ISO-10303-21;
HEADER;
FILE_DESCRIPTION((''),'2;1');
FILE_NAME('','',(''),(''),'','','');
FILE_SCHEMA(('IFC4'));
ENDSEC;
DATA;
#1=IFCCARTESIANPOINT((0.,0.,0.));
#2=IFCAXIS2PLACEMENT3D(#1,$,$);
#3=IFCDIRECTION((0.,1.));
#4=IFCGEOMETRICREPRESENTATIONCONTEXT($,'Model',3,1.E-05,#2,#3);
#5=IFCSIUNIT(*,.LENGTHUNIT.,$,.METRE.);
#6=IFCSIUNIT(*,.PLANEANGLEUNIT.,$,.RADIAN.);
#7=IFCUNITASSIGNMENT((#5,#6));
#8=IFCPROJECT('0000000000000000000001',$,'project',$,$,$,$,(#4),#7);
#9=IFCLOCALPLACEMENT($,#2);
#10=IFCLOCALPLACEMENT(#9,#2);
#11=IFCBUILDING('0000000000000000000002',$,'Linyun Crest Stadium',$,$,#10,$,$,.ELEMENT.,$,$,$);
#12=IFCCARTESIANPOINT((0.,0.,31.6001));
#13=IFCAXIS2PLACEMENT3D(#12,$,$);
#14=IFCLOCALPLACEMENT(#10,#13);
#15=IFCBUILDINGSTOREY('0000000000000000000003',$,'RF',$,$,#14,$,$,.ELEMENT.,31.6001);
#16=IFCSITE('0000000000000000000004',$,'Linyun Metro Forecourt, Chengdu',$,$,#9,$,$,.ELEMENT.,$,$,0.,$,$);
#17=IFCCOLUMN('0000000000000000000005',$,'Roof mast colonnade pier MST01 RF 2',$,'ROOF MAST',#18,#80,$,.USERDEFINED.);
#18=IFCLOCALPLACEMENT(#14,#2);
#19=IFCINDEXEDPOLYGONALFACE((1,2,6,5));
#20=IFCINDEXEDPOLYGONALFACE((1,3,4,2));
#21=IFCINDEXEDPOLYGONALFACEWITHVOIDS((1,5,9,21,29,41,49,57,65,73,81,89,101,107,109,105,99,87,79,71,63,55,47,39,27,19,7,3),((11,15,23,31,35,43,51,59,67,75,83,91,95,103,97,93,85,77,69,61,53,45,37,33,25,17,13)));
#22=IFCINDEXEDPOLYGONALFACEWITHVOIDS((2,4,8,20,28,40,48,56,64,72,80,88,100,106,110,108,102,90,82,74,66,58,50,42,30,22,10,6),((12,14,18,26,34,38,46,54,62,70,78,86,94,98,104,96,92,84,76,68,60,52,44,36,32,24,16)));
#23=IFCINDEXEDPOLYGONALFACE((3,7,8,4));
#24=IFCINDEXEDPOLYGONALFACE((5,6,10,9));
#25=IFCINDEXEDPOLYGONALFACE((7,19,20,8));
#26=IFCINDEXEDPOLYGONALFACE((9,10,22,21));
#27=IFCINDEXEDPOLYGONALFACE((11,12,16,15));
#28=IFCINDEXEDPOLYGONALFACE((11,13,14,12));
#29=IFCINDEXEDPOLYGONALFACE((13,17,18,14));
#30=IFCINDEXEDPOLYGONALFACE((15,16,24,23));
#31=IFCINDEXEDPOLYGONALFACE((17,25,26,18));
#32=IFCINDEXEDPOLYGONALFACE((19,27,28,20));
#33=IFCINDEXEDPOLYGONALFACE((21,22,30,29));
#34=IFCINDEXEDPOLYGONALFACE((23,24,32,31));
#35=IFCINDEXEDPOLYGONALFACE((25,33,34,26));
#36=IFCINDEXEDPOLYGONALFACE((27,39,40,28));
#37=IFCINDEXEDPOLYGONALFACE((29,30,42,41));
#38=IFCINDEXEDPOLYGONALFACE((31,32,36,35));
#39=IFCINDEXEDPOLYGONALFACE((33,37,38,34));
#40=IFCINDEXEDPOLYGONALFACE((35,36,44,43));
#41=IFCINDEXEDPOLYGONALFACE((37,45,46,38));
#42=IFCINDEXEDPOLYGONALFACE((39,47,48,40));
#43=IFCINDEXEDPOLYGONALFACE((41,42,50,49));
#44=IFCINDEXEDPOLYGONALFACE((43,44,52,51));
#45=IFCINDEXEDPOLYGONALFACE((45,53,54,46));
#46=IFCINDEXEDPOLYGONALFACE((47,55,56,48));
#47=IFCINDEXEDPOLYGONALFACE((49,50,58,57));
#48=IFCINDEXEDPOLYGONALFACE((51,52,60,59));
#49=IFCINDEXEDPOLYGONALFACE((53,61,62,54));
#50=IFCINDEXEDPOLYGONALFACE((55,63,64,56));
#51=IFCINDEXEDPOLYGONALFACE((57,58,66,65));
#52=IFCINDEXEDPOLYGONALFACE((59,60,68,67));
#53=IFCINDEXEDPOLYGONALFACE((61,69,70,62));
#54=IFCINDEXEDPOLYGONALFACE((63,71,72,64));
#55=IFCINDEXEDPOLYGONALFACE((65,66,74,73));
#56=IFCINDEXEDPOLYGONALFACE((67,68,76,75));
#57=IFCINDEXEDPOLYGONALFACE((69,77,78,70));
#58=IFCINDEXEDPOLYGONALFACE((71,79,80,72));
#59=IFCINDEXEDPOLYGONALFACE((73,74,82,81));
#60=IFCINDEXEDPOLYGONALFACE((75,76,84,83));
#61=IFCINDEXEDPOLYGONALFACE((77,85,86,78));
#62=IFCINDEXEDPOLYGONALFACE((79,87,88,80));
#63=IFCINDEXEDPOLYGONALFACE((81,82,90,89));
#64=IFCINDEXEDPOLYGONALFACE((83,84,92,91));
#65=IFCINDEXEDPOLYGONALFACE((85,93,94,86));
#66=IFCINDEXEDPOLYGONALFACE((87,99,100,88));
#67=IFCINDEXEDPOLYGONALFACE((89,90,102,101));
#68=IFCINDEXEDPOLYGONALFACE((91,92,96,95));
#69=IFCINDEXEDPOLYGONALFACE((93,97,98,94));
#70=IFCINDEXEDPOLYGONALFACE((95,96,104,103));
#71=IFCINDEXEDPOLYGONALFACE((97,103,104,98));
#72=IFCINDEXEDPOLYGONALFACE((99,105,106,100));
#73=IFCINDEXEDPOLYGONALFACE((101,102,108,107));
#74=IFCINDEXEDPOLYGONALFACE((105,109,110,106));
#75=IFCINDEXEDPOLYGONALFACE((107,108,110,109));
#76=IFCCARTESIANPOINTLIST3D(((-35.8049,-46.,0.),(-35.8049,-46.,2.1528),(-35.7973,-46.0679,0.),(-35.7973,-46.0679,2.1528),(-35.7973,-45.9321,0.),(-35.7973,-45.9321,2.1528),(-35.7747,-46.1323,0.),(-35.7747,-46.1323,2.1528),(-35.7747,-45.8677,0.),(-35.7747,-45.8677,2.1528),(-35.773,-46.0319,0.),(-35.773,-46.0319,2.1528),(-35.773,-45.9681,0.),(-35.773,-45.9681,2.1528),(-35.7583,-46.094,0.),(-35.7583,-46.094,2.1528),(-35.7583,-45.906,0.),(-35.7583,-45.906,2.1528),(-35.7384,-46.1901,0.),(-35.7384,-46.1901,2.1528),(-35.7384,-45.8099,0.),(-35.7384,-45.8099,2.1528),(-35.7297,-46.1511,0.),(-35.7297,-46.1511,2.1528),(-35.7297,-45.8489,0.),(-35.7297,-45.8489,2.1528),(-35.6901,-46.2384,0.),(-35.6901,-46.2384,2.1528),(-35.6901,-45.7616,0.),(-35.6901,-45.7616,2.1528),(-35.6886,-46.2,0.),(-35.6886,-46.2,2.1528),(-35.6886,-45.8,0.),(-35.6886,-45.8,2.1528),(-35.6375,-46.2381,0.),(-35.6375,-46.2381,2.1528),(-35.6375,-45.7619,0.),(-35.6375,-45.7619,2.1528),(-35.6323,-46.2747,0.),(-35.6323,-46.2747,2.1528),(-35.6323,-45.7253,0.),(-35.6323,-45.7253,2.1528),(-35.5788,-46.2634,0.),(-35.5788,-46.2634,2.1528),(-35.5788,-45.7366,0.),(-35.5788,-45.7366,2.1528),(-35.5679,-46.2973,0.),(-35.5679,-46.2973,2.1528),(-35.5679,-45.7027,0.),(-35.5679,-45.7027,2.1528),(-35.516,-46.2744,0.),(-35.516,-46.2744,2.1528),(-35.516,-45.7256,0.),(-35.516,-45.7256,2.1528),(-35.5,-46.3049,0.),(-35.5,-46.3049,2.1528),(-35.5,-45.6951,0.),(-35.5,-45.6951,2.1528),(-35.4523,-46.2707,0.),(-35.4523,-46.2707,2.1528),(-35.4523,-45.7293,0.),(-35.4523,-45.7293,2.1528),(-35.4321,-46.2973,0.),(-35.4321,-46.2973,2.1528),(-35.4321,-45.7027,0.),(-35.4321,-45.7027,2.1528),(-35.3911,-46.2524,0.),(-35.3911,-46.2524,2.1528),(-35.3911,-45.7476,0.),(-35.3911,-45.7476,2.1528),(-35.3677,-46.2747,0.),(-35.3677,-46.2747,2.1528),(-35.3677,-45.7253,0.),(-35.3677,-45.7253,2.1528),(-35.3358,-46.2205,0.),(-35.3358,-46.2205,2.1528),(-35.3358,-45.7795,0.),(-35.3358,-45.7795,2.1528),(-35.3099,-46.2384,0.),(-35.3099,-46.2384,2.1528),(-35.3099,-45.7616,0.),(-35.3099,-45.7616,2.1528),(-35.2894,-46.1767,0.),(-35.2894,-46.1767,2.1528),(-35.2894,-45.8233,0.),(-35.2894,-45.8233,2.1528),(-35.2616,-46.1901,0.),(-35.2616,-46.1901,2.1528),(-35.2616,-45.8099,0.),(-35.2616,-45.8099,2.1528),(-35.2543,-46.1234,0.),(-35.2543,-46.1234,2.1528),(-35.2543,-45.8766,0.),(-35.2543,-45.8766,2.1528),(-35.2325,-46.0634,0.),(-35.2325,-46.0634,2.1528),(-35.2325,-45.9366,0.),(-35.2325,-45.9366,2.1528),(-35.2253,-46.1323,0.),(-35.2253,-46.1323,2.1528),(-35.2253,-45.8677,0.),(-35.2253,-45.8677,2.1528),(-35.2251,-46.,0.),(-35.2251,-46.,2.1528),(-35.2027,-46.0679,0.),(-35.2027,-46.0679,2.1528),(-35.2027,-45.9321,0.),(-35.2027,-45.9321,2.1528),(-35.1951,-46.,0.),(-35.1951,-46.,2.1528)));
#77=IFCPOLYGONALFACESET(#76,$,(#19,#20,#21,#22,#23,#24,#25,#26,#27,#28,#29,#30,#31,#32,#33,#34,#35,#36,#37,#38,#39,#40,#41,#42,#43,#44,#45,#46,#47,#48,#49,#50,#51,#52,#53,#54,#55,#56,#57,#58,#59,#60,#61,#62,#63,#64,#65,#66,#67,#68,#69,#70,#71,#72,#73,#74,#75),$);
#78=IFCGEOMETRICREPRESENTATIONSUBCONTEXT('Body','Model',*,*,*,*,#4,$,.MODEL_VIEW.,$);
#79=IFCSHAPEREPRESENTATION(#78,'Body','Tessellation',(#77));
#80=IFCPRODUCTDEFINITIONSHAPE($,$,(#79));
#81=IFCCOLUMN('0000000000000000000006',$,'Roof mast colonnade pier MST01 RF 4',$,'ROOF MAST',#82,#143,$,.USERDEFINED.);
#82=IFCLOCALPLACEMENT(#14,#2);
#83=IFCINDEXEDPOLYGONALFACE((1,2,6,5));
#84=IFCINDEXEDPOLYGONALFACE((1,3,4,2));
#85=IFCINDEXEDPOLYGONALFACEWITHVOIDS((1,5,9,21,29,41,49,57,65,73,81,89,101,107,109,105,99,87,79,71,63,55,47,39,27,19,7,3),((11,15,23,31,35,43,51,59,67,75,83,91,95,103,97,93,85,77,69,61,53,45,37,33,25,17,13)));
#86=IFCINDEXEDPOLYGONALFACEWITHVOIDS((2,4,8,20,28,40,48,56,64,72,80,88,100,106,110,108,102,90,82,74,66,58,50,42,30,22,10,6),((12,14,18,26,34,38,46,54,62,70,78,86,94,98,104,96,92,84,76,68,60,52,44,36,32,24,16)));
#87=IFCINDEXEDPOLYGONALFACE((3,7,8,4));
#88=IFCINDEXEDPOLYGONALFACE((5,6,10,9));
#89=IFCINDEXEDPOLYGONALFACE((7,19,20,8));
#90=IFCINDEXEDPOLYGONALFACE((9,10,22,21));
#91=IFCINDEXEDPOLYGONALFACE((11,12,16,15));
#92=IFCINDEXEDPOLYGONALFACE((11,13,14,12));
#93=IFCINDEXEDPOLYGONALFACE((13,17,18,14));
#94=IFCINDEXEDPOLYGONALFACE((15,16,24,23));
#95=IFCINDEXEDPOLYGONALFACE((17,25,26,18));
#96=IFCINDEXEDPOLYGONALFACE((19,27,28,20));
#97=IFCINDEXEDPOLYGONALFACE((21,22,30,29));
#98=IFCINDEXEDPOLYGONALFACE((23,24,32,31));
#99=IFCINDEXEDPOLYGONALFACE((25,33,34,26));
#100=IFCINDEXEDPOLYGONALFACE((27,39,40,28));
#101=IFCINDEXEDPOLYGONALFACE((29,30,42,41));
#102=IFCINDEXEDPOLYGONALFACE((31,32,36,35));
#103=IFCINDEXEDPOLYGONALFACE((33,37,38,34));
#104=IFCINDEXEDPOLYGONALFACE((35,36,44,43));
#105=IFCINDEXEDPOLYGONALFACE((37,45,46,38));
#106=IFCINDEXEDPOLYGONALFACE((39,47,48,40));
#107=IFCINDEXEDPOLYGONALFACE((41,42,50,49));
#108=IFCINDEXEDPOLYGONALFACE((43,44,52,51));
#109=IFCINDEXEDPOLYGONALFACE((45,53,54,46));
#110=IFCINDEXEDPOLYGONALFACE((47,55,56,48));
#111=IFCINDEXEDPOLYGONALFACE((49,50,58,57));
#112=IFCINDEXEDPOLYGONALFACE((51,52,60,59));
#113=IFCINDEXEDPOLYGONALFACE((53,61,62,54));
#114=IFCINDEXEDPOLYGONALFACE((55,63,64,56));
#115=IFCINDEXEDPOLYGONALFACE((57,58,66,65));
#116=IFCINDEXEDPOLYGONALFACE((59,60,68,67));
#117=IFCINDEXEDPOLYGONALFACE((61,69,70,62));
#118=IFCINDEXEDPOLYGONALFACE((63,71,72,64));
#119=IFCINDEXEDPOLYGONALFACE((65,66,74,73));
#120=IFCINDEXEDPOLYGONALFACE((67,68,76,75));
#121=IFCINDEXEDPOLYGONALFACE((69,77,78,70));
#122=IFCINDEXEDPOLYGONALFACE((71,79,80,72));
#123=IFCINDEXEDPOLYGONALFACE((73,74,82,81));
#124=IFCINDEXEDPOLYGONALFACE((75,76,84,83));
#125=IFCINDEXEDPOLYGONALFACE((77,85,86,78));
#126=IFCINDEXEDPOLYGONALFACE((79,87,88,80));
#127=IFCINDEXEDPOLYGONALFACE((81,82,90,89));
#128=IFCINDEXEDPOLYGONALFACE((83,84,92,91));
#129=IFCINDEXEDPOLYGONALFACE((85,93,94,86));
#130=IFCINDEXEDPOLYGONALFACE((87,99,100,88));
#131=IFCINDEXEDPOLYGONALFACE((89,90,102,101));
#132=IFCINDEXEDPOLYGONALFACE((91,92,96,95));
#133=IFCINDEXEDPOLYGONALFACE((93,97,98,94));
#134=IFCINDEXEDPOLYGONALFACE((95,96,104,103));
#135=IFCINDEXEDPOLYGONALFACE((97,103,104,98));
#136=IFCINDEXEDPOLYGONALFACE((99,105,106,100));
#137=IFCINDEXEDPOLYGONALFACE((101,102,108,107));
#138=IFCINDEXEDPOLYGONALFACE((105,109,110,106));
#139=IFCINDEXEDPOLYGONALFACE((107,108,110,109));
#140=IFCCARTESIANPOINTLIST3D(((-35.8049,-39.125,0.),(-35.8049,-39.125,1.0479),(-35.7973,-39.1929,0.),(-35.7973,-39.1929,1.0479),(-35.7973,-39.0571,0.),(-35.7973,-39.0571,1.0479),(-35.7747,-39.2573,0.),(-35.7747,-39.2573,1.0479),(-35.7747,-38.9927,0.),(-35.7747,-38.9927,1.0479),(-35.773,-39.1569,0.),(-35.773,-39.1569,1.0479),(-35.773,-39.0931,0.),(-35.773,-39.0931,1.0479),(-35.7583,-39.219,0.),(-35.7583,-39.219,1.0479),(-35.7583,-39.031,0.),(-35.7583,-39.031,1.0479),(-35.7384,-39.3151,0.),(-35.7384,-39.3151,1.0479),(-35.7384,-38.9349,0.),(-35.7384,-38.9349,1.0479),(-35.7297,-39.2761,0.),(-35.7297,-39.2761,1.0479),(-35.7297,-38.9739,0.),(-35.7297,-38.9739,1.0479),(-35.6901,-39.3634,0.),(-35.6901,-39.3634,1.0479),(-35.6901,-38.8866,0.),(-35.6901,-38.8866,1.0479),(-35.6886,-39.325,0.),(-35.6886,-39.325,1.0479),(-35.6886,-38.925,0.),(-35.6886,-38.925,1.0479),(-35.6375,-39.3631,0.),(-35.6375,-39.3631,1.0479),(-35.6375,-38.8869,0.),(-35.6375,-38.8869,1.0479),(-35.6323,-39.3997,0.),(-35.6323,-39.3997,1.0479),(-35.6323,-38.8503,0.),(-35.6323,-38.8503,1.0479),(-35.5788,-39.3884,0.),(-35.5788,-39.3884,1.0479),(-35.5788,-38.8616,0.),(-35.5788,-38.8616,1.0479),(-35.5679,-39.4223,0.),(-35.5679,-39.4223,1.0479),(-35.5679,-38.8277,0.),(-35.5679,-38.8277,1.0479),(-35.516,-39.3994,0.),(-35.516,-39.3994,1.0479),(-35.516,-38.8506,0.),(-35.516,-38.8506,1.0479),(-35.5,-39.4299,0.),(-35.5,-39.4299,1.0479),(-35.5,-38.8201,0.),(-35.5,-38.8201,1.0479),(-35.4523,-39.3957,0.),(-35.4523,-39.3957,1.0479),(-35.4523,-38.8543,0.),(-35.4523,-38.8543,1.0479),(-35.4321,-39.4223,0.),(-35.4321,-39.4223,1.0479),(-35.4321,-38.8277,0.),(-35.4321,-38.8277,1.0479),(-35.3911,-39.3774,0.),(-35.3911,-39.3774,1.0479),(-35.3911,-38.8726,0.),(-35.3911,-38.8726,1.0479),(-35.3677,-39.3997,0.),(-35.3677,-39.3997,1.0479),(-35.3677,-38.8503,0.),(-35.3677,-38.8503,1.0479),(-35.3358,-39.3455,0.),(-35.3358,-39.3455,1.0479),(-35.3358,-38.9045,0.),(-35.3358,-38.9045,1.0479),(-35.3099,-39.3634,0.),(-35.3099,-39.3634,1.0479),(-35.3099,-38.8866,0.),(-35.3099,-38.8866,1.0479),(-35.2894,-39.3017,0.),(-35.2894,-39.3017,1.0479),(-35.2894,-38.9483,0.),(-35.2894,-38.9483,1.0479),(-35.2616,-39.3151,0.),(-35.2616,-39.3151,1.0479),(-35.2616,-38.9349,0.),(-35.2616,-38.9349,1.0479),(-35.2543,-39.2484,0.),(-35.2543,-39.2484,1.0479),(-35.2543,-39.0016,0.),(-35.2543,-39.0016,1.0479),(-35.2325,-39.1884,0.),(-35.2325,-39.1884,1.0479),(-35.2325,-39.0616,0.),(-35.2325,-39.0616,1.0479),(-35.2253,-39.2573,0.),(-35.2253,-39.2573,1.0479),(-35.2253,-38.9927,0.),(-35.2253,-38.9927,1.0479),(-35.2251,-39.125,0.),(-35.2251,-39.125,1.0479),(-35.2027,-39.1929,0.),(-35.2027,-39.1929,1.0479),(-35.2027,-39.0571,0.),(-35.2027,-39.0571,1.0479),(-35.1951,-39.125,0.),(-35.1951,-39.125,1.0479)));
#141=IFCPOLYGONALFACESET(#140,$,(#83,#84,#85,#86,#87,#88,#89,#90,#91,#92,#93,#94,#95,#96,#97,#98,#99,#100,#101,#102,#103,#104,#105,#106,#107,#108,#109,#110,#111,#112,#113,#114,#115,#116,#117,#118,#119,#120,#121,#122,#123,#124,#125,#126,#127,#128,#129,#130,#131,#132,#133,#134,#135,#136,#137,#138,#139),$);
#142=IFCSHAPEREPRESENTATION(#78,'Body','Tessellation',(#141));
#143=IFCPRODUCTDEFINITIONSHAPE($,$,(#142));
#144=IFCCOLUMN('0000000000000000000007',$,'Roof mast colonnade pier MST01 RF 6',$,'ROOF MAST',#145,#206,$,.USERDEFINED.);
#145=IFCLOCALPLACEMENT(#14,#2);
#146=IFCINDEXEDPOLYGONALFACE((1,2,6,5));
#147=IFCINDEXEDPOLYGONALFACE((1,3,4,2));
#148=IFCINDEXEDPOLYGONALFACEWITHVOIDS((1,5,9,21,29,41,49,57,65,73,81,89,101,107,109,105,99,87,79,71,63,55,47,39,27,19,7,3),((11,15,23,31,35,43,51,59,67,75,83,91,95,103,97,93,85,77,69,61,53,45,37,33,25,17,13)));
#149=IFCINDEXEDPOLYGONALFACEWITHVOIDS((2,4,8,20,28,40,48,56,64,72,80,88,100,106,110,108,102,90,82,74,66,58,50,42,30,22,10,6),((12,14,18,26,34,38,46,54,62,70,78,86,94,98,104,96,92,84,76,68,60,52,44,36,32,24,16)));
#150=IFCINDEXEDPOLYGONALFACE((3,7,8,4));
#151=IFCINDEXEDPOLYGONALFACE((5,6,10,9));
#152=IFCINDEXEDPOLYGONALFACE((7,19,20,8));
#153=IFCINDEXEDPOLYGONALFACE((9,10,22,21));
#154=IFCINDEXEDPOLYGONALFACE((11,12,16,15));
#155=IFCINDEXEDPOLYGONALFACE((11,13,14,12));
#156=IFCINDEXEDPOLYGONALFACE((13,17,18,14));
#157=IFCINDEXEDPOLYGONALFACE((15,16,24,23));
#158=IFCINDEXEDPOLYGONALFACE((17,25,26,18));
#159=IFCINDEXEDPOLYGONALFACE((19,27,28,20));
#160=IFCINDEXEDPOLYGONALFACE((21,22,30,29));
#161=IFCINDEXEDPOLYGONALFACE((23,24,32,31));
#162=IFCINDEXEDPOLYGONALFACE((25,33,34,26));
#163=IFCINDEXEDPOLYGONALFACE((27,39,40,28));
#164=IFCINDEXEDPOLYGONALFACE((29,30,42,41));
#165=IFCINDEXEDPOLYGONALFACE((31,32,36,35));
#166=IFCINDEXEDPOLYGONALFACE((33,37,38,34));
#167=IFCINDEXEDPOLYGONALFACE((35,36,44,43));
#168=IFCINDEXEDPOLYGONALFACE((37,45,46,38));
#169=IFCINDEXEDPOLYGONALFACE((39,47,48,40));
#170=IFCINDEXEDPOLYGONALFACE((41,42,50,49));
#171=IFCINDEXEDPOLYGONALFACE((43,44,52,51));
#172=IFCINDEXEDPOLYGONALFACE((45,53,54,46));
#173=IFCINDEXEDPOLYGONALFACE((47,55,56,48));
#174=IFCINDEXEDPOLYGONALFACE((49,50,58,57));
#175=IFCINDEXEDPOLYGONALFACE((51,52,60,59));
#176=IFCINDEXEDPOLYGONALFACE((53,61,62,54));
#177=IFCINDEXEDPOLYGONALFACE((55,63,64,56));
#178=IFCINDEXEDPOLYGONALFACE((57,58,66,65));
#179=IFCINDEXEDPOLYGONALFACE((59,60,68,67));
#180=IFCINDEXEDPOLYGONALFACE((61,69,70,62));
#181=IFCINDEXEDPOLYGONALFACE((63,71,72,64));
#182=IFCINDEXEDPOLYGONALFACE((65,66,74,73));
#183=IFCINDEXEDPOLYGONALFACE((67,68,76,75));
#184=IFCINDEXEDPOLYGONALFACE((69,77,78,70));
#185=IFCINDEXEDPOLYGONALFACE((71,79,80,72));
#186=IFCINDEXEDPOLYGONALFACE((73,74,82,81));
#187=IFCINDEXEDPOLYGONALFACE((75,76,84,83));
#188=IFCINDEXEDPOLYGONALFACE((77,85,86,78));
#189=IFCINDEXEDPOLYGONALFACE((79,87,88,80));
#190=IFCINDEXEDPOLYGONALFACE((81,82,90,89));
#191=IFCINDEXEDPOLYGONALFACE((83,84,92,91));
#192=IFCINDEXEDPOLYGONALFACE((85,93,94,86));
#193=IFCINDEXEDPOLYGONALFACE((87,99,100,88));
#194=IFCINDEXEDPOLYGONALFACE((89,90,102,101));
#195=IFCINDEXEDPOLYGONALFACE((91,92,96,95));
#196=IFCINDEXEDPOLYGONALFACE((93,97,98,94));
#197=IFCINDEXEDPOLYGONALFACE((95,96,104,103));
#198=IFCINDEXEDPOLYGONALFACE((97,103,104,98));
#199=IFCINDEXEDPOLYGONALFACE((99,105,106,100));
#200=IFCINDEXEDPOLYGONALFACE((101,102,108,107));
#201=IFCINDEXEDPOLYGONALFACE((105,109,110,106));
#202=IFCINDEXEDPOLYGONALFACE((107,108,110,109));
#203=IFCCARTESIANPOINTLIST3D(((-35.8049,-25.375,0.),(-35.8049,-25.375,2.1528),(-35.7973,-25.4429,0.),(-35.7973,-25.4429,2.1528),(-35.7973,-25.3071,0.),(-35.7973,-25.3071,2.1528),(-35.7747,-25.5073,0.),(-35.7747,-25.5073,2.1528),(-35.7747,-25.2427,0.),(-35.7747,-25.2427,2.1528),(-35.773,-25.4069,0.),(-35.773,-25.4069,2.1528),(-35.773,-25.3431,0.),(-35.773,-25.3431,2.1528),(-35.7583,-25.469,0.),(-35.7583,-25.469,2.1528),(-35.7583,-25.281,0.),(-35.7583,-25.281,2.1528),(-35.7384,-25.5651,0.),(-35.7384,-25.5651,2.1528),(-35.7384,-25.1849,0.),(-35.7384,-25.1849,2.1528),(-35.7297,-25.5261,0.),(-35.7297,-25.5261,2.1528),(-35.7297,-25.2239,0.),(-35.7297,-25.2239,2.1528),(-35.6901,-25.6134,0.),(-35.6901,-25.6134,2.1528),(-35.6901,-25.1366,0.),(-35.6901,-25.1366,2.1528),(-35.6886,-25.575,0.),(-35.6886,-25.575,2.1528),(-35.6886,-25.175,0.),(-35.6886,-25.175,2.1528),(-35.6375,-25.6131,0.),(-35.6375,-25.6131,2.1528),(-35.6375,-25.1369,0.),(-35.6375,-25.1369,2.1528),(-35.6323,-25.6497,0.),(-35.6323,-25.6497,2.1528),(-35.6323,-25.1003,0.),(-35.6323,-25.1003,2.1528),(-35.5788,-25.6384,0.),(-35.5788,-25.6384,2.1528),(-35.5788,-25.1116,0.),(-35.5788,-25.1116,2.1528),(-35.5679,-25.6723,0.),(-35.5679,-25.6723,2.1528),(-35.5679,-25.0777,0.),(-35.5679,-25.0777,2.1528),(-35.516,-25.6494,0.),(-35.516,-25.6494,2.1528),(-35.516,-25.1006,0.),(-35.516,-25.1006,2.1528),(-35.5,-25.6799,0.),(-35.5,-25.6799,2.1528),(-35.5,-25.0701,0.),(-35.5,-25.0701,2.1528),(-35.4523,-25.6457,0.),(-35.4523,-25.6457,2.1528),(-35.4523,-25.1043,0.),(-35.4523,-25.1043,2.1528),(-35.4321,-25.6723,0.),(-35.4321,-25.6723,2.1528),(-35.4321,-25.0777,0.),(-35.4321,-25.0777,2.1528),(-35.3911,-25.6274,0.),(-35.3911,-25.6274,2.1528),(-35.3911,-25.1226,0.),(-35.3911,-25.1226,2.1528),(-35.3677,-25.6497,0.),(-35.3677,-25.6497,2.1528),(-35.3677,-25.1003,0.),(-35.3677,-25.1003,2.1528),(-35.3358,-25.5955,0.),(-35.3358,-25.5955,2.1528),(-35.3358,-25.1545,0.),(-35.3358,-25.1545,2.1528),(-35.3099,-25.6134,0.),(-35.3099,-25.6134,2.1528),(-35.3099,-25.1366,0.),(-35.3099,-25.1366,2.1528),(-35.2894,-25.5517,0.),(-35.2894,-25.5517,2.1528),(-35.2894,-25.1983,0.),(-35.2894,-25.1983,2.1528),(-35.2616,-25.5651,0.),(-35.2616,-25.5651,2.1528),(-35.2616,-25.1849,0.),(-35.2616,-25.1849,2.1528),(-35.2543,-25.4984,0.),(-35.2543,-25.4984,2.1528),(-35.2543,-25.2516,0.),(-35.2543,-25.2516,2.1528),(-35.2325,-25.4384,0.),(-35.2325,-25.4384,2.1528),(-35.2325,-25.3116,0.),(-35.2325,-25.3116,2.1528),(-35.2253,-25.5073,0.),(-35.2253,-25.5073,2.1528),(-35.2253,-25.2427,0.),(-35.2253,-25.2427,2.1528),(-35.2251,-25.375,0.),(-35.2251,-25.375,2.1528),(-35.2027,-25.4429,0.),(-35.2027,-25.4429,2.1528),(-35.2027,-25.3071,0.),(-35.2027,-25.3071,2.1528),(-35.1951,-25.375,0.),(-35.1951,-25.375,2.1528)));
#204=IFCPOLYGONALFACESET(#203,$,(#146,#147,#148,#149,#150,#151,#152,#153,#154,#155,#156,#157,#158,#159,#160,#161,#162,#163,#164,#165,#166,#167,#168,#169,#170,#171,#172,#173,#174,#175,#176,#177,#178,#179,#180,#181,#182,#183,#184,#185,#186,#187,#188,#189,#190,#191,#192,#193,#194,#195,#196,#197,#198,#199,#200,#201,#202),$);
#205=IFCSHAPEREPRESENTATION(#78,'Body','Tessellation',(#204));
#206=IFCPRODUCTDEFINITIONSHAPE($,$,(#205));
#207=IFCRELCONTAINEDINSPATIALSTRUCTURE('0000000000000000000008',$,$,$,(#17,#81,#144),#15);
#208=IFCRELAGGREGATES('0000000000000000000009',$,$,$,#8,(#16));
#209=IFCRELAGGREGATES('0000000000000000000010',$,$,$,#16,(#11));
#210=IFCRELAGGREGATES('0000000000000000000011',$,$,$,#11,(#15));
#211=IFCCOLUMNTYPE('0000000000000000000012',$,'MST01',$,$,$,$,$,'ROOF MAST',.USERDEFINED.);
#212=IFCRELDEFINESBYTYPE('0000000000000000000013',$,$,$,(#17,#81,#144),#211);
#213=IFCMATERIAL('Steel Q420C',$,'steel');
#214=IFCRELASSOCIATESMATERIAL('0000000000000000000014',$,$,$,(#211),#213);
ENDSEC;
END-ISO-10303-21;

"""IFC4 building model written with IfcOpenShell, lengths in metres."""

from ifc_helpers import new_model, si_unit, direction, frame, origin, origin_2d, place, context, subcontext, project, spatial, hollow_circle, extrude, material, material_profile, profile_set, type_object, element, save


model = new_model("IFC4")

# Units and contexts
model_context = context("Model", 3, precision=1e-05, world=origin(), true_north=direction((0.0, 1.0)))
body_context = subcontext(model_context, "Body", "Model", "MODEL_VIEW")
ifc_project = project(units=[si_unit("LENGTHUNIT", "METRE"), si_unit("PLANEANGLEUNIT", "RADIAN")], contexts=[model_context])

# Site, building, storey
site_placement = place(None, origin())
site = spatial("IfcSite", under=ifc_project, at=site_placement, Name="Linyun Metro Forecourt, Chengdu", CompositionType="ELEMENT", RefElevation=0.0)
building_placement = place(site_placement, origin())
building = spatial("IfcBuilding", under=site, at=building_placement, Name="Linyun Crest Stadium", CompositionType="ELEMENT")
storey_placement = place(building_placement, frame((0.0, 0.0, 31.6001)))
storey = spatial("IfcBuildingStorey", under=building, at=storey_placement, Name="RF", CompositionType="ELEMENT", Elevation=31.6001)

# Columns
ifc_material_1 = material(Name="Steel Q420C", Category="steel")
ifc_material_profile_1 = material_profile(ifc_material_1, hollow_circle(Radius=0.3049, WallThickness=0.03, at=origin_2d()), Name="CHS 610x30")
ifc_profile_set_1 = profile_set([ifc_material_profile_1], Name="Steel Q420C")
column_type = type_object("IfcColumnType", Name="MST01", ElementType="ROOF MAST", PredefinedType="USERDEFINED", material=ifc_profile_set_1)
column_1_placement = place(storey_placement, frame((-35.5, -46.0, 0.0), z_axis=(0.0, 0.0, 1.0), x_axis=(1.0, 0.0, 0.0)))
element("IfcColumn", 1, at=column_1_placement, inside=storey, type_object=column_type, Name="Roof mast colonnade pier MST01 RF 2", ObjectType="ROOF MAST", PredefinedType="USERDEFINED", context=body_context, shape_type="SweptSolid", body=[
    extrude(hollow_circle(Radius=0.3049, WallThickness=0.03, at=origin_2d()), origin(), (0.0, 0.0, 1.0), 2.1528),
])
column_2_placement = place(storey_placement, frame((-35.5, -39.125, 0.0), z_axis=(0.0, 0.0, 1.0), x_axis=(1.0, 0.0, 0.0)))
element("IfcColumn", 2, at=column_2_placement, inside=storey, type_object=column_type, Name="Roof mast colonnade pier MST01 RF 4", ObjectType="ROOF MAST", PredefinedType="USERDEFINED", context=body_context, shape_type="SweptSolid", body=[
    extrude(hollow_circle(Radius=0.3049, WallThickness=0.03, at=origin_2d()), origin(), (0.0, 0.0, 1.0), 1.0479),
])
column_3_placement = place(storey_placement, frame((-35.5, -25.375, 0.0), z_axis=(0.0, 0.0, 1.0), x_axis=(1.0, 0.0, 0.0)))
element("IfcColumn", 3, at=column_3_placement, inside=storey, type_object=column_type, Name="Roof mast colonnade pier MST01 RF 6", ObjectType="ROOF MAST", PredefinedType="USERDEFINED", context=body_context, shape_type="SweptSolid", body=[
    extrude(hollow_circle(Radius=0.3049, WallThickness=0.03, at=origin_2d()), origin(), (0.0, 0.0, 1.0), 2.1528),
])

save(model, "model.ifc")
